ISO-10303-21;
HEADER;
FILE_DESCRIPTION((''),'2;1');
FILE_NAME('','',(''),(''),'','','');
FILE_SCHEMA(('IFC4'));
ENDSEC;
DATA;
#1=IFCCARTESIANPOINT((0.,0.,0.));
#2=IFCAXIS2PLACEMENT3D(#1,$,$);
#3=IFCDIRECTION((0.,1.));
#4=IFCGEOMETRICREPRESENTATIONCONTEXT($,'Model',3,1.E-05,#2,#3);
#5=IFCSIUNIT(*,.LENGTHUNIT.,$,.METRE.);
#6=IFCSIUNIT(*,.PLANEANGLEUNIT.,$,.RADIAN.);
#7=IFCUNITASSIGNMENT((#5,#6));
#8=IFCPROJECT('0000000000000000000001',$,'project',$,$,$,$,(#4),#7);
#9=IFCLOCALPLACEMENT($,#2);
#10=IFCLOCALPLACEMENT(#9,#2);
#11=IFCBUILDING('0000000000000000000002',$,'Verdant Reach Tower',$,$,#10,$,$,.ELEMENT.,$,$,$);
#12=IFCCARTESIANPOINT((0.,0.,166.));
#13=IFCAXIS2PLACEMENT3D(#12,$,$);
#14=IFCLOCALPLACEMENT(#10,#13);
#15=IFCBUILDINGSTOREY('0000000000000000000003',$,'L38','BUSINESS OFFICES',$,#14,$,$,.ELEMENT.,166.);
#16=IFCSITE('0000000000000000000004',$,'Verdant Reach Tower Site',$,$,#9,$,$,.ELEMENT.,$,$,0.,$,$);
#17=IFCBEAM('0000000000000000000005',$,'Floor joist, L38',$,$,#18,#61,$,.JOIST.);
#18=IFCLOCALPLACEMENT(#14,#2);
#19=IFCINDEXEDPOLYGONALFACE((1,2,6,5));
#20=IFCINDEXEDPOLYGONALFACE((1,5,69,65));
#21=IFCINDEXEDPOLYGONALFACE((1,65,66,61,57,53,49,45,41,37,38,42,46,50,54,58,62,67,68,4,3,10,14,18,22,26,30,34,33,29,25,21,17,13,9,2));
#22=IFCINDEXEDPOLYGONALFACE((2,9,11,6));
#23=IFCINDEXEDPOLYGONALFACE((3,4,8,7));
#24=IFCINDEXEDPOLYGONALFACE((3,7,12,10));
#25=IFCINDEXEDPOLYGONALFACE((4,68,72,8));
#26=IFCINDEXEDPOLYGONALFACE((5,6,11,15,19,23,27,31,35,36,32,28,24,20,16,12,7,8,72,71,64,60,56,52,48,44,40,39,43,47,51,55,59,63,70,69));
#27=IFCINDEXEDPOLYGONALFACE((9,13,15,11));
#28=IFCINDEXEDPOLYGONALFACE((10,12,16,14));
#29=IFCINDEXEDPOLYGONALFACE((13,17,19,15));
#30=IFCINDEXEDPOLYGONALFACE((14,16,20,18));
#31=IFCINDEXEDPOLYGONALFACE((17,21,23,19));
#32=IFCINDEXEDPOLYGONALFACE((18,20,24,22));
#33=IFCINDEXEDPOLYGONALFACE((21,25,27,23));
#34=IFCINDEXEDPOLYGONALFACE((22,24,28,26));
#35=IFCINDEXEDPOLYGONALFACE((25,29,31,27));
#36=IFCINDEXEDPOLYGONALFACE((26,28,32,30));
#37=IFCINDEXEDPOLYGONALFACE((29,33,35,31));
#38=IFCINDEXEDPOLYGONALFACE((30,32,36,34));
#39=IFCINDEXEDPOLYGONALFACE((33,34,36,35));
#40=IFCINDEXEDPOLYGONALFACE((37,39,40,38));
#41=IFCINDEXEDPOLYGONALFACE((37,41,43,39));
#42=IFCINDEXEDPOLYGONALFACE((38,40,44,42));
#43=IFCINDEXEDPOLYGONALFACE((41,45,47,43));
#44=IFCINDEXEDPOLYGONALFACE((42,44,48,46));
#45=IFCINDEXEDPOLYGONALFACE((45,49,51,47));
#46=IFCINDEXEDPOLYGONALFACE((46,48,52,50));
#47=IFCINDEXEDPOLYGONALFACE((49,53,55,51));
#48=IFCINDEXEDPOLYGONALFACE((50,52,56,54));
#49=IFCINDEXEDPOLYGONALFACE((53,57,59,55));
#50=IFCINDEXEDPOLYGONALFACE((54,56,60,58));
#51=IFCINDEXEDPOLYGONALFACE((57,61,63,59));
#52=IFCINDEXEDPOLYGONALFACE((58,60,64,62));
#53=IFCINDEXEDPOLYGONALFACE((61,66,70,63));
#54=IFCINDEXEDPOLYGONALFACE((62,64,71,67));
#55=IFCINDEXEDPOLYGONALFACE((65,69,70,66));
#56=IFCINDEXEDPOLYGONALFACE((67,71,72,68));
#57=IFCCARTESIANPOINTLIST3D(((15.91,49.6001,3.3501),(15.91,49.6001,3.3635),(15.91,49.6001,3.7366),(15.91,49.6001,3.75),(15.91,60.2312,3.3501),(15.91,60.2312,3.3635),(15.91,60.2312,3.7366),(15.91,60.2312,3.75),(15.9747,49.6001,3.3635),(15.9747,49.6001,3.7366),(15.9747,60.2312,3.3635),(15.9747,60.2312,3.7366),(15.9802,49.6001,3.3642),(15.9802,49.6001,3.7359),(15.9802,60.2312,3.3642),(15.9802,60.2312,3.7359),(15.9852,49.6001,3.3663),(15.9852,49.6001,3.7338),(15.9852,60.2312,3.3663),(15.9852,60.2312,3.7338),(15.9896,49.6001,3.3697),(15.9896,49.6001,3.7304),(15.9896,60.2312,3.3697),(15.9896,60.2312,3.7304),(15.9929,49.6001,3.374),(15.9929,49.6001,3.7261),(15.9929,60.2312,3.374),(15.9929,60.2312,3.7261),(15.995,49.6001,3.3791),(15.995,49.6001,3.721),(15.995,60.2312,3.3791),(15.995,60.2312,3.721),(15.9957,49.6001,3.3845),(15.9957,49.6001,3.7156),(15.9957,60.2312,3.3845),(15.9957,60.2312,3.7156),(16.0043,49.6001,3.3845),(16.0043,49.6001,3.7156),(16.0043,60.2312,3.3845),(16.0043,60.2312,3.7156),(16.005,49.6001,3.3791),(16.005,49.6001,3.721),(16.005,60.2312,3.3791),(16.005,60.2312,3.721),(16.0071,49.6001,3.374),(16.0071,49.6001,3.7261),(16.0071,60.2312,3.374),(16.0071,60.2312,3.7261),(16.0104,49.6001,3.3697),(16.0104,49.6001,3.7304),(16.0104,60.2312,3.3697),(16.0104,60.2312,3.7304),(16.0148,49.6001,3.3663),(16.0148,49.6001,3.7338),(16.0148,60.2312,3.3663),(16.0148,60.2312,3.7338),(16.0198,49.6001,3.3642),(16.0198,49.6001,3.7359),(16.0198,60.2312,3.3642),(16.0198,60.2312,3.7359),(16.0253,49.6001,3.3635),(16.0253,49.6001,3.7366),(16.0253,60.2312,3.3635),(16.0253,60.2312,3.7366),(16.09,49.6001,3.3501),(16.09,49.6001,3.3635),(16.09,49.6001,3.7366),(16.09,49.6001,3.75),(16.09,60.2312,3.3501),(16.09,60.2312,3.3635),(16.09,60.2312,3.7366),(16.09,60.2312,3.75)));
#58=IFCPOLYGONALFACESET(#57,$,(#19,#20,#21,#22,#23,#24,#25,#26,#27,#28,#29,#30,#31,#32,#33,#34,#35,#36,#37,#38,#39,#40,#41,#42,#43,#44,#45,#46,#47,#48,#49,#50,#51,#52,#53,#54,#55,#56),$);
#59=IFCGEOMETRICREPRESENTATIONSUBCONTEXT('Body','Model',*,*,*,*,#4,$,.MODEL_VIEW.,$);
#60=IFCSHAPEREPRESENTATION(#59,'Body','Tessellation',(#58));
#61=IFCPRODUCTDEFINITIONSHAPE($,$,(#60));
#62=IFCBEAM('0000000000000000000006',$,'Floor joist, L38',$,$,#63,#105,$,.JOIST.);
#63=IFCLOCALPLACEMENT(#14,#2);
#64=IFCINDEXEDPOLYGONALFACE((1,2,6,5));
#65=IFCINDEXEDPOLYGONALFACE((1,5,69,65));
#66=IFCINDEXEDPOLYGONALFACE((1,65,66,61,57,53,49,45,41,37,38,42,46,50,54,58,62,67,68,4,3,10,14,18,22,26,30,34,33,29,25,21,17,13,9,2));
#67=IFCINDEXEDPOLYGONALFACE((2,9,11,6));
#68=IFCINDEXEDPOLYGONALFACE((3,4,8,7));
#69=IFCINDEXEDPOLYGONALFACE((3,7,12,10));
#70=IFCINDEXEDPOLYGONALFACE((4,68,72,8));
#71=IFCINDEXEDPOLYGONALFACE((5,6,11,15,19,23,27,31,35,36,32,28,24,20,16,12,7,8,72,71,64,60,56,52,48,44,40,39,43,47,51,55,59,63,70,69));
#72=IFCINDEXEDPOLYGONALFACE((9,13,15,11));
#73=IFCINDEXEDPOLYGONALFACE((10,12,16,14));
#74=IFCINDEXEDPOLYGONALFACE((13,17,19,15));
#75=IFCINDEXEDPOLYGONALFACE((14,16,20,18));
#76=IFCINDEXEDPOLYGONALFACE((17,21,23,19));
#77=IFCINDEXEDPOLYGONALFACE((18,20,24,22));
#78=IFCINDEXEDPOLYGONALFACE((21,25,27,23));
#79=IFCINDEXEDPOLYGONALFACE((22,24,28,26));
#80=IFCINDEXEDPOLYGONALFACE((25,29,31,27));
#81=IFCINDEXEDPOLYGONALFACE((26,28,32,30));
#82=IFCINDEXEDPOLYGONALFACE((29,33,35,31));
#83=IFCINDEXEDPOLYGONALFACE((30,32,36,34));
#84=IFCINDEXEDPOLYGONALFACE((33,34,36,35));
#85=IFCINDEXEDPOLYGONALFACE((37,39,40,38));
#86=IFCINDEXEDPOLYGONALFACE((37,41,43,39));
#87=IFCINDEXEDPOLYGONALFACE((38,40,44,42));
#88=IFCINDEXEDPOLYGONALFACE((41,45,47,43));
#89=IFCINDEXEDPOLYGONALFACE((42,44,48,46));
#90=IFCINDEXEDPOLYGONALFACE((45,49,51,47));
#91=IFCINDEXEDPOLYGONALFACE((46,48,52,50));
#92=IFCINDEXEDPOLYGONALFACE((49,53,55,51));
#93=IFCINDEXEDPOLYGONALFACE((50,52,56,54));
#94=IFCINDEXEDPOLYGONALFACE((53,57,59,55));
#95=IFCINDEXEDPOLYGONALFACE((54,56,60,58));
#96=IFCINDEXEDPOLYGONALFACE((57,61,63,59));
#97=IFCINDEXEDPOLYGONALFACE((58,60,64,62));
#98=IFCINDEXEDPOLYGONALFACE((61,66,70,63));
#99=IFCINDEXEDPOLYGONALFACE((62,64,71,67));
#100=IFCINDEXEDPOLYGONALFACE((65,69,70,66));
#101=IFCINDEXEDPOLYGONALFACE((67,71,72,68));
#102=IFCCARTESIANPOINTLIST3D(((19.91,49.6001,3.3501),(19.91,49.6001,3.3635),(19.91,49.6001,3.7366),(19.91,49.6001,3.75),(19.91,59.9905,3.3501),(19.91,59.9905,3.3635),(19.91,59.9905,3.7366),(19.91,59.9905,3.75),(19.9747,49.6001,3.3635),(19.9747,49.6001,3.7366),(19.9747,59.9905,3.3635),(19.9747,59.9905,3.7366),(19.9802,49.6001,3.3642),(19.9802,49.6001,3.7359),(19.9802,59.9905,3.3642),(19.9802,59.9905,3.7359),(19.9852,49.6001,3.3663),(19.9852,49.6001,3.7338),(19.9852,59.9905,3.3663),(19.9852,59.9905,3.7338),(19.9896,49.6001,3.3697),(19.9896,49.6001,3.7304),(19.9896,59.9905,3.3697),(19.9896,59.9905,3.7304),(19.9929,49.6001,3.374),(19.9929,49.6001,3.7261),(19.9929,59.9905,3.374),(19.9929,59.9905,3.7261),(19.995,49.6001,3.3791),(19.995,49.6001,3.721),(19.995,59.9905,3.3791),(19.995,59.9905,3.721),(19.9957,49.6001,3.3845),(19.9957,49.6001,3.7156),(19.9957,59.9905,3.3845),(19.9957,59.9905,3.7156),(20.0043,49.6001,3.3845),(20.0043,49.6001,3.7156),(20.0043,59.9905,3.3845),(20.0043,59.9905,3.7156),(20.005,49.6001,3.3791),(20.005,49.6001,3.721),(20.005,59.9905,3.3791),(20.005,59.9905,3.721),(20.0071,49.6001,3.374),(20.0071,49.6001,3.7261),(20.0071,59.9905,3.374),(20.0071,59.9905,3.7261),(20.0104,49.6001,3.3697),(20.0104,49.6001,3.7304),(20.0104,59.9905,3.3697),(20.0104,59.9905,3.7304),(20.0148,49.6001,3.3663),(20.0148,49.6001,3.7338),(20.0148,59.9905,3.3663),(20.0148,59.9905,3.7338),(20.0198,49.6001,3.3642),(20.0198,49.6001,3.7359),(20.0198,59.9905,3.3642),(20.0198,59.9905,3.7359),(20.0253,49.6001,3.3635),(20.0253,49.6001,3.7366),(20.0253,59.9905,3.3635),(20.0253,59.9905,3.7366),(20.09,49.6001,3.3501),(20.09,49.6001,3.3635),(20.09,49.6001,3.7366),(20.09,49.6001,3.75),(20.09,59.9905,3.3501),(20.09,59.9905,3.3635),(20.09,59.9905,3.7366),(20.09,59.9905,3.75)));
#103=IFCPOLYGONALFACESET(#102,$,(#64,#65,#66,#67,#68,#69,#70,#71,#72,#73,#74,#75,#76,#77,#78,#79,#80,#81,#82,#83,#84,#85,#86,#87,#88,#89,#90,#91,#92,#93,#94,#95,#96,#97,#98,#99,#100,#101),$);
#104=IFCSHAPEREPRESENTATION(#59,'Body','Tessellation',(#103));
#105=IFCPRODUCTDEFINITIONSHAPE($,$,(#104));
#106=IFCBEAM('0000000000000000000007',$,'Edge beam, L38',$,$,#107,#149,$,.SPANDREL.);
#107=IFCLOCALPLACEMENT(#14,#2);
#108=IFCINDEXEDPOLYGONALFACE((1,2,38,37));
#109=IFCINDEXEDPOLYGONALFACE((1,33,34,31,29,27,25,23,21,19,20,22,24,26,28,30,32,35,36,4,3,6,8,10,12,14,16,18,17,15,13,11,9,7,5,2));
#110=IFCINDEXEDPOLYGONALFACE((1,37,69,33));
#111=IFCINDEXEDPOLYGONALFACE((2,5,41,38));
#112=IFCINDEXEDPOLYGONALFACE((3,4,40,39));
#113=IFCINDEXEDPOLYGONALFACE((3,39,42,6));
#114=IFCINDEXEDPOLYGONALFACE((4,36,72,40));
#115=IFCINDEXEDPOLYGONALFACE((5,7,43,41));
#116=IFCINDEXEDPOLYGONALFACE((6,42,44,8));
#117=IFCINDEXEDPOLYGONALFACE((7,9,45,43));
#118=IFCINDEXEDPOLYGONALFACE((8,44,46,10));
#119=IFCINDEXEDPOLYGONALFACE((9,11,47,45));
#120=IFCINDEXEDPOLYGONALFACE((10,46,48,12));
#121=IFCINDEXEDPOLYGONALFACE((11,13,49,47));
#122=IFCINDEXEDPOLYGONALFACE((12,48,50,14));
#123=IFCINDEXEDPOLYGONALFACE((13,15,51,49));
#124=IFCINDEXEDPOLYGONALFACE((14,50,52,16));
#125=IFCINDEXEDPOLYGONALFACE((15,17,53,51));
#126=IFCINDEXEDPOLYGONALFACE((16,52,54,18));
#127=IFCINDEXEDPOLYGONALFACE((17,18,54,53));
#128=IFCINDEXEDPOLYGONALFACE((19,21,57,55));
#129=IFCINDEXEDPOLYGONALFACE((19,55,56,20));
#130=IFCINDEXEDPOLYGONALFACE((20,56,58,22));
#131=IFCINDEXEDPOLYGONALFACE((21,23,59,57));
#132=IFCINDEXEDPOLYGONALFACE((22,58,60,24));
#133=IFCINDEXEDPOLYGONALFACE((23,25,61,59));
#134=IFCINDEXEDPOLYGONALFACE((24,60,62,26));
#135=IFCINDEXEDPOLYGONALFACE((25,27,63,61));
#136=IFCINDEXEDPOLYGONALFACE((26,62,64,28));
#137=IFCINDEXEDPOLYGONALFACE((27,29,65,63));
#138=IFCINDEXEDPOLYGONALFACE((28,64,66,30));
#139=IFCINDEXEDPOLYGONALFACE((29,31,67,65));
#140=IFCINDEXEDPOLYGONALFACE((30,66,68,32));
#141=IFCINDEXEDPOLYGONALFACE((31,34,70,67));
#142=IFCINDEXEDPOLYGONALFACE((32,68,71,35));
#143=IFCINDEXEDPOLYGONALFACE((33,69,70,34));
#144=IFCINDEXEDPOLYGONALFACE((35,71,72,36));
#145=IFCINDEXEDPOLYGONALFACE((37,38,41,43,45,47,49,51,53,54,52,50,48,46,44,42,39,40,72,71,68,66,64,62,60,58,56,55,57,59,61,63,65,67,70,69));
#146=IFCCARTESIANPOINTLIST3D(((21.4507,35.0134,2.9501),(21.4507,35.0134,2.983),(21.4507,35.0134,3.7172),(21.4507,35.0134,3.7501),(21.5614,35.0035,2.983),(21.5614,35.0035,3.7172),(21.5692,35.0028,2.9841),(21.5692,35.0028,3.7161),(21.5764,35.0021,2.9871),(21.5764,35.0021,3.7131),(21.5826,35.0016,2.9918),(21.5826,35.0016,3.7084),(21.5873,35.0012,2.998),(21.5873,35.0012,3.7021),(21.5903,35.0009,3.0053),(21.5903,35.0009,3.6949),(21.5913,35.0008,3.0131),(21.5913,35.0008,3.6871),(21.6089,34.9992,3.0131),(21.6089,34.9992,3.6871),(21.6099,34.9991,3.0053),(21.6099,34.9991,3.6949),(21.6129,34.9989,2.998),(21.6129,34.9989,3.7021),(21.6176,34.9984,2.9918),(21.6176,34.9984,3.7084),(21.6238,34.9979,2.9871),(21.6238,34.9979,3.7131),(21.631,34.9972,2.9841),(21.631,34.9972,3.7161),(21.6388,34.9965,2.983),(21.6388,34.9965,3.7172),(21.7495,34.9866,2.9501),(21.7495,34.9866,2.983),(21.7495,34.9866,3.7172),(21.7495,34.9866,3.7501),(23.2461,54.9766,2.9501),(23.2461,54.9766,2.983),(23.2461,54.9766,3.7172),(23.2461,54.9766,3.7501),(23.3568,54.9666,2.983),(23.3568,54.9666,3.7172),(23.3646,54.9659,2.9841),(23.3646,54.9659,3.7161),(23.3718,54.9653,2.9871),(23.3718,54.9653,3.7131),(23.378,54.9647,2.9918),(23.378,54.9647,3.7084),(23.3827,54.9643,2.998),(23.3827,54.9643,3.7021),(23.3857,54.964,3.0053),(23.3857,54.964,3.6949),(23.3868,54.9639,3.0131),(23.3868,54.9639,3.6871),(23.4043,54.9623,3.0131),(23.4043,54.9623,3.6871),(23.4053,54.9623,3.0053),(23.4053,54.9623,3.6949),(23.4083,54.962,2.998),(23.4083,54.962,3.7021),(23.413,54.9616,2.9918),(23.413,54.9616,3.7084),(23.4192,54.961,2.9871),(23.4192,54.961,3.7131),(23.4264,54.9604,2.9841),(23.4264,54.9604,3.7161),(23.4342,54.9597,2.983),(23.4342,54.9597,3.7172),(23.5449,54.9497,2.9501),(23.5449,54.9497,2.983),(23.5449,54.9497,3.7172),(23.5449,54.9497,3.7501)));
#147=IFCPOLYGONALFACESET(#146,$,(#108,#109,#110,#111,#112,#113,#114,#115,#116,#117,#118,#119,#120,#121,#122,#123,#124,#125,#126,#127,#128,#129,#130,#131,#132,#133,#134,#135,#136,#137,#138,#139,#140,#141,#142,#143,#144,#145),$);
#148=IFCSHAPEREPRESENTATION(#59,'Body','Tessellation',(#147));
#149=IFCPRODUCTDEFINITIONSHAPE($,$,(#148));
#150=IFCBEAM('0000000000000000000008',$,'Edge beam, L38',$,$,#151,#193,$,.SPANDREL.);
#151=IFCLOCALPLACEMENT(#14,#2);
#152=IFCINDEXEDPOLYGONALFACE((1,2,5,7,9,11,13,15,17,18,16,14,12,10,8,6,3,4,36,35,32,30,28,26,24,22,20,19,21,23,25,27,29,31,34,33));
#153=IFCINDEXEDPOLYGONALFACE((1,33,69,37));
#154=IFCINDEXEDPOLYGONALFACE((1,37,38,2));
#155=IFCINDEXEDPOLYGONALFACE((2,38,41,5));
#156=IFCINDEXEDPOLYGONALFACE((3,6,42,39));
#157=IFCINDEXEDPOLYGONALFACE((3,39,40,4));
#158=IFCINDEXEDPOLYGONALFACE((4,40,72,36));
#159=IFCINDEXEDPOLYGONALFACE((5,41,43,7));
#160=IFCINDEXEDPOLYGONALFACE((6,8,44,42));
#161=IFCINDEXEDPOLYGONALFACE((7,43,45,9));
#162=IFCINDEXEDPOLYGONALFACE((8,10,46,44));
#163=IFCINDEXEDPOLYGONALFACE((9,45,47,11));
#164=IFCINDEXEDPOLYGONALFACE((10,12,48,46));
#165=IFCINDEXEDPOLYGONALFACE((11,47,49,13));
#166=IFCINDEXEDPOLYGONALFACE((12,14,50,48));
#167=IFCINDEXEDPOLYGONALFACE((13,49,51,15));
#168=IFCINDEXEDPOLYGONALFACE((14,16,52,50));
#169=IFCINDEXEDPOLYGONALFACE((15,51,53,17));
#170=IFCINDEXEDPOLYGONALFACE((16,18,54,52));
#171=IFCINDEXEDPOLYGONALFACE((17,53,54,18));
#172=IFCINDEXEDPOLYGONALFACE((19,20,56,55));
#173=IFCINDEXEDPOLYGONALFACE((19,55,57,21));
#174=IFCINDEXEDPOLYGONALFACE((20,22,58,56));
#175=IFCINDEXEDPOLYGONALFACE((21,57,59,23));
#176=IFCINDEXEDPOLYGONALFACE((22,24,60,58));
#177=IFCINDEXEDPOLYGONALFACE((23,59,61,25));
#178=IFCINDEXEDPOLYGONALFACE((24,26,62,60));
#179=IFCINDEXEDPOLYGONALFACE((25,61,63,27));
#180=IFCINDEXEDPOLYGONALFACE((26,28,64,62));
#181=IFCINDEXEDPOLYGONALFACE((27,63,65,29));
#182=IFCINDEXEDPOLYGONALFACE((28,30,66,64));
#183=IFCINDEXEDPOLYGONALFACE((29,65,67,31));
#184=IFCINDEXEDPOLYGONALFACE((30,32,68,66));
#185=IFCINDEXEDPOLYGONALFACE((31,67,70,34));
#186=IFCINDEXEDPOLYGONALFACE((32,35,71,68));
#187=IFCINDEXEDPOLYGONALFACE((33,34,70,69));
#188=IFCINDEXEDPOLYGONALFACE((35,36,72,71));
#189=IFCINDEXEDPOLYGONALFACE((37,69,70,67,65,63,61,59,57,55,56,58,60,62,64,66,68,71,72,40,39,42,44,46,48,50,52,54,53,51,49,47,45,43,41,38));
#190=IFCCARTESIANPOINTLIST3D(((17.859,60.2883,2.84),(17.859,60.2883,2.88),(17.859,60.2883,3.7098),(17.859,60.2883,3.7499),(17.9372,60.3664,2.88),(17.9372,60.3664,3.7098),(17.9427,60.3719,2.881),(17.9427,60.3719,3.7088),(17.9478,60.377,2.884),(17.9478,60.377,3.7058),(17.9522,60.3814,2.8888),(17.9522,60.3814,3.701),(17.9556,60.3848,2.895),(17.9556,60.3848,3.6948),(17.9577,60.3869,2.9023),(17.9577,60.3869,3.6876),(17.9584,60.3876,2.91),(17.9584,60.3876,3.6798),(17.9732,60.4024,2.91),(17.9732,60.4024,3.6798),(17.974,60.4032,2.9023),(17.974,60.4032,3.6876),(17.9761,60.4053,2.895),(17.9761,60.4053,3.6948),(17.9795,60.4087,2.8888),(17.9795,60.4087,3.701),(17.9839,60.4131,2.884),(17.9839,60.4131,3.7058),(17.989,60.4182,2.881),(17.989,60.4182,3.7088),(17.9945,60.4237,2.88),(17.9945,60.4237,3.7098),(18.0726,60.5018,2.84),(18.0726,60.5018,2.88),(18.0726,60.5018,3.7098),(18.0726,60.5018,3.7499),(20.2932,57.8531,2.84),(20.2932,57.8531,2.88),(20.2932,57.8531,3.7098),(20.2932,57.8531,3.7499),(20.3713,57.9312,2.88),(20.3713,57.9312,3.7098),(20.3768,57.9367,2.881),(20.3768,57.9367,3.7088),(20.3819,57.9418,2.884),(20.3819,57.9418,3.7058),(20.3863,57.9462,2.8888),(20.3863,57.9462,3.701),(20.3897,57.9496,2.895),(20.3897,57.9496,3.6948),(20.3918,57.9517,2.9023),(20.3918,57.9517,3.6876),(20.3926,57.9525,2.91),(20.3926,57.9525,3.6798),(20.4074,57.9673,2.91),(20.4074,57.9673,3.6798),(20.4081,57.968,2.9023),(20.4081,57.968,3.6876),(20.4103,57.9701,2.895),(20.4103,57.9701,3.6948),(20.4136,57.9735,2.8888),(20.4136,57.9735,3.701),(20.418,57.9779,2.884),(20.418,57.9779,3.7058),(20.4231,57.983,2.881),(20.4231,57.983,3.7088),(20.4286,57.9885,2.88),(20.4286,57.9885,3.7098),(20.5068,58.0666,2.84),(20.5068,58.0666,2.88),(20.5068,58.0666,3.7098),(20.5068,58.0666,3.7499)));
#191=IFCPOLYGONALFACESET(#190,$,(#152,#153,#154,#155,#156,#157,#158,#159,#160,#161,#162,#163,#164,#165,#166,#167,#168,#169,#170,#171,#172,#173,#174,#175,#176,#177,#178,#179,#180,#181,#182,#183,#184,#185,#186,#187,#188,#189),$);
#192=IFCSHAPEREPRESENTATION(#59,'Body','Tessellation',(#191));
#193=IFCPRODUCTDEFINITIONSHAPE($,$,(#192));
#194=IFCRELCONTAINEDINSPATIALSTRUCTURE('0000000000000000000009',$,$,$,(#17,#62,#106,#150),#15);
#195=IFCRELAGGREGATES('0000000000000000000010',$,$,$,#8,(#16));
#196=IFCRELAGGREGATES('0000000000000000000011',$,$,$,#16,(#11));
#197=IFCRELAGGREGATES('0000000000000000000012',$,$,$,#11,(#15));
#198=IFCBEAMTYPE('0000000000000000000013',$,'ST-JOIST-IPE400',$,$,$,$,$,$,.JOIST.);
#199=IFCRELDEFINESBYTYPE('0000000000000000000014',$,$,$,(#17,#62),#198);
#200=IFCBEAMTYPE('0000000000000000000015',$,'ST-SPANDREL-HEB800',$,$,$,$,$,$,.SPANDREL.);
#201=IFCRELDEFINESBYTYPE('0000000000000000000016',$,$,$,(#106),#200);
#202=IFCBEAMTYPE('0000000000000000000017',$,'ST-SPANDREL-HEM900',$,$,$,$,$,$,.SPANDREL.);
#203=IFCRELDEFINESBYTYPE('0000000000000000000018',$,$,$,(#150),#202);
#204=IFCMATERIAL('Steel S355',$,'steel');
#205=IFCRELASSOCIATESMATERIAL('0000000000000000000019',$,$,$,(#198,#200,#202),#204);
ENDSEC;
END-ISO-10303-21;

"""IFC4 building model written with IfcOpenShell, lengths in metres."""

from ifc_helpers import new_model, si_unit, direction, frame, origin, origin_2d, place, context, subcontext, project, spatial, i_section, extrude, material, material_profile, profile_set, type_object, element, save


model = new_model("IFC4")

# Units and contexts
model_context = context("Model", 3, precision=1e-05, world=origin(), true_north=direction((0.0, 1.0)))
body_context = subcontext(model_context, "Body", "Model", "MODEL_VIEW")
ifc_project = project(units=[si_unit("LENGTHUNIT", "METRE"), si_unit("PLANEANGLEUNIT", "RADIAN")], contexts=[model_context])

# Site, building, storey
site_placement = place(None, origin())
site = spatial("IfcSite", under=ifc_project, at=site_placement, Name="Verdant Reach Tower Site", CompositionType="ELEMENT", RefElevation=0.0)
building_placement = place(site_placement, origin())
building = spatial("IfcBuilding", under=site, at=building_placement, Name="Verdant Reach Tower", CompositionType="ELEMENT")
storey_placement = place(building_placement, frame((0.0, 0.0, 166.0)))
storey = spatial("IfcBuildingStorey", under=building, at=storey_placement, Name="L38", Description="BUSINESS OFFICES", CompositionType="ELEMENT", Elevation=166.0)

# Beams
ifc_material_1 = material(Name="Steel S355", Category="steel")
ifc_material_profile_1 = material_profile(ifc_material_1, i_section(OverallWidth=0.1799, OverallDepth=0.3999, WebThickness=0.0085, FlangeThickness=0.0134, FilletRadius=0.021, at=origin_2d()), Name="IPE 400")
ifc_profile_set_1 = profile_set([ifc_material_profile_1], Name="Steel S355")
beam_type_1 = type_object("IfcBeamType", Name="ST-JOIST-IPE400", PredefinedType="JOIST", material=ifc_profile_set_1)
beam_1_placement = place(storey_placement, frame((16.0, 49.6001, 3.55), z_axis=(0.0, 1.0, 0.0), x_axis=(-1.0, 0.0, 0.0)))
element("IfcBeam", 1, at=beam_1_placement, inside=storey, type_object=beam_type_1, Name="Floor joist, L38", PredefinedType="JOIST", context=body_context, shape_type="SweptSolid", body=[
    extrude(i_section(OverallWidth=0.1799, OverallDepth=0.3999, WebThickness=0.0085, FlangeThickness=0.0134, FilletRadius=0.021, at=origin_2d()), origin(), (0.0, 0.0, 1.0), 10.6311),
])
beam_2_placement = place(storey_placement, frame((20.0, 49.6001, 3.55), z_axis=(0.0, 1.0, 0.0), x_axis=(-1.0, 0.0, 0.0)))
element("IfcBeam", 2, at=beam_2_placement, inside=storey, type_object=beam_type_1, Name="Floor joist, L38", PredefinedType="JOIST", context=body_context, shape_type="SweptSolid", body=[
    extrude(i_section(OverallWidth=0.1799, OverallDepth=0.3999, WebThickness=0.0085, FlangeThickness=0.0134, FilletRadius=0.021, at=origin_2d()), origin(), (0.0, 0.0, 1.0), 10.3904),
])
ifc_material_profile_2 = material_profile(ifc_material_1, i_section(OverallWidth=0.3, OverallDepth=0.8, WebThickness=0.0176, FlangeThickness=0.033, FilletRadius=0.03, at=origin_2d()), Name="HEB 800")
ifc_profile_set_2 = profile_set([ifc_material_profile_2], Name="Steel S355")
beam_type_2 = type_object("IfcBeamType", Name="ST-SPANDREL-HEB800", PredefinedType="SPANDREL", material=ifc_profile_set_2)
beam_3_placement = place(storey_placement, frame((23.3955, 54.9631, 3.3501), z_axis=(-0.089575, -0.99598, 0.0), x_axis=(0.99598, -0.089575, 0.0)))
element("IfcBeam", 3, at=beam_3_placement, inside=storey, type_object=beam_type_2, Name="Edge beam, L38", PredefinedType="SPANDREL", context=body_context, shape_type="SweptSolid", body=[
    extrude(i_section(OverallWidth=0.3, OverallDepth=0.8, WebThickness=0.0176, FlangeThickness=0.033, FilletRadius=0.03, at=origin_2d()), origin(), (0.0, 0.0, 1.0), 20.0437),
])
ifc_material_profile_3 = material_profile(ifc_material_1, i_section(OverallWidth=0.302, OverallDepth=0.9099, WebThickness=0.021, FlangeThickness=0.04, FilletRadius=0.03, at=origin_2d()), Name="HEM 900")
ifc_profile_set_3 = profile_set([ifc_material_profile_3], Name="Steel S355")
beam_type_3 = type_object("IfcBeamType", Name="ST-SPANDREL-HEM900", PredefinedType="SPANDREL", material=ifc_profile_set_3)
beam_4_placement = place(storey_placement, frame((17.9658, 60.395, 3.2949), z_axis=(0.706965, -0.707249, 0.0), x_axis=(0.707249, 0.706965, 0.0)))
element("IfcBeam", 4, at=beam_4_placement, inside=storey, type_object=beam_type_3, Name="Edge beam, L38", PredefinedType="SPANDREL", context=body_context, shape_type="SweptSolid", body=[
    extrude(i_section(OverallWidth=0.302, OverallDepth=0.9099, WebThickness=0.021, FlangeThickness=0.04, FilletRadius=0.03, at=origin_2d()), origin(), (0.0, 0.0, 1.0), 3.4431),
])

save(model, "model.ifc")
